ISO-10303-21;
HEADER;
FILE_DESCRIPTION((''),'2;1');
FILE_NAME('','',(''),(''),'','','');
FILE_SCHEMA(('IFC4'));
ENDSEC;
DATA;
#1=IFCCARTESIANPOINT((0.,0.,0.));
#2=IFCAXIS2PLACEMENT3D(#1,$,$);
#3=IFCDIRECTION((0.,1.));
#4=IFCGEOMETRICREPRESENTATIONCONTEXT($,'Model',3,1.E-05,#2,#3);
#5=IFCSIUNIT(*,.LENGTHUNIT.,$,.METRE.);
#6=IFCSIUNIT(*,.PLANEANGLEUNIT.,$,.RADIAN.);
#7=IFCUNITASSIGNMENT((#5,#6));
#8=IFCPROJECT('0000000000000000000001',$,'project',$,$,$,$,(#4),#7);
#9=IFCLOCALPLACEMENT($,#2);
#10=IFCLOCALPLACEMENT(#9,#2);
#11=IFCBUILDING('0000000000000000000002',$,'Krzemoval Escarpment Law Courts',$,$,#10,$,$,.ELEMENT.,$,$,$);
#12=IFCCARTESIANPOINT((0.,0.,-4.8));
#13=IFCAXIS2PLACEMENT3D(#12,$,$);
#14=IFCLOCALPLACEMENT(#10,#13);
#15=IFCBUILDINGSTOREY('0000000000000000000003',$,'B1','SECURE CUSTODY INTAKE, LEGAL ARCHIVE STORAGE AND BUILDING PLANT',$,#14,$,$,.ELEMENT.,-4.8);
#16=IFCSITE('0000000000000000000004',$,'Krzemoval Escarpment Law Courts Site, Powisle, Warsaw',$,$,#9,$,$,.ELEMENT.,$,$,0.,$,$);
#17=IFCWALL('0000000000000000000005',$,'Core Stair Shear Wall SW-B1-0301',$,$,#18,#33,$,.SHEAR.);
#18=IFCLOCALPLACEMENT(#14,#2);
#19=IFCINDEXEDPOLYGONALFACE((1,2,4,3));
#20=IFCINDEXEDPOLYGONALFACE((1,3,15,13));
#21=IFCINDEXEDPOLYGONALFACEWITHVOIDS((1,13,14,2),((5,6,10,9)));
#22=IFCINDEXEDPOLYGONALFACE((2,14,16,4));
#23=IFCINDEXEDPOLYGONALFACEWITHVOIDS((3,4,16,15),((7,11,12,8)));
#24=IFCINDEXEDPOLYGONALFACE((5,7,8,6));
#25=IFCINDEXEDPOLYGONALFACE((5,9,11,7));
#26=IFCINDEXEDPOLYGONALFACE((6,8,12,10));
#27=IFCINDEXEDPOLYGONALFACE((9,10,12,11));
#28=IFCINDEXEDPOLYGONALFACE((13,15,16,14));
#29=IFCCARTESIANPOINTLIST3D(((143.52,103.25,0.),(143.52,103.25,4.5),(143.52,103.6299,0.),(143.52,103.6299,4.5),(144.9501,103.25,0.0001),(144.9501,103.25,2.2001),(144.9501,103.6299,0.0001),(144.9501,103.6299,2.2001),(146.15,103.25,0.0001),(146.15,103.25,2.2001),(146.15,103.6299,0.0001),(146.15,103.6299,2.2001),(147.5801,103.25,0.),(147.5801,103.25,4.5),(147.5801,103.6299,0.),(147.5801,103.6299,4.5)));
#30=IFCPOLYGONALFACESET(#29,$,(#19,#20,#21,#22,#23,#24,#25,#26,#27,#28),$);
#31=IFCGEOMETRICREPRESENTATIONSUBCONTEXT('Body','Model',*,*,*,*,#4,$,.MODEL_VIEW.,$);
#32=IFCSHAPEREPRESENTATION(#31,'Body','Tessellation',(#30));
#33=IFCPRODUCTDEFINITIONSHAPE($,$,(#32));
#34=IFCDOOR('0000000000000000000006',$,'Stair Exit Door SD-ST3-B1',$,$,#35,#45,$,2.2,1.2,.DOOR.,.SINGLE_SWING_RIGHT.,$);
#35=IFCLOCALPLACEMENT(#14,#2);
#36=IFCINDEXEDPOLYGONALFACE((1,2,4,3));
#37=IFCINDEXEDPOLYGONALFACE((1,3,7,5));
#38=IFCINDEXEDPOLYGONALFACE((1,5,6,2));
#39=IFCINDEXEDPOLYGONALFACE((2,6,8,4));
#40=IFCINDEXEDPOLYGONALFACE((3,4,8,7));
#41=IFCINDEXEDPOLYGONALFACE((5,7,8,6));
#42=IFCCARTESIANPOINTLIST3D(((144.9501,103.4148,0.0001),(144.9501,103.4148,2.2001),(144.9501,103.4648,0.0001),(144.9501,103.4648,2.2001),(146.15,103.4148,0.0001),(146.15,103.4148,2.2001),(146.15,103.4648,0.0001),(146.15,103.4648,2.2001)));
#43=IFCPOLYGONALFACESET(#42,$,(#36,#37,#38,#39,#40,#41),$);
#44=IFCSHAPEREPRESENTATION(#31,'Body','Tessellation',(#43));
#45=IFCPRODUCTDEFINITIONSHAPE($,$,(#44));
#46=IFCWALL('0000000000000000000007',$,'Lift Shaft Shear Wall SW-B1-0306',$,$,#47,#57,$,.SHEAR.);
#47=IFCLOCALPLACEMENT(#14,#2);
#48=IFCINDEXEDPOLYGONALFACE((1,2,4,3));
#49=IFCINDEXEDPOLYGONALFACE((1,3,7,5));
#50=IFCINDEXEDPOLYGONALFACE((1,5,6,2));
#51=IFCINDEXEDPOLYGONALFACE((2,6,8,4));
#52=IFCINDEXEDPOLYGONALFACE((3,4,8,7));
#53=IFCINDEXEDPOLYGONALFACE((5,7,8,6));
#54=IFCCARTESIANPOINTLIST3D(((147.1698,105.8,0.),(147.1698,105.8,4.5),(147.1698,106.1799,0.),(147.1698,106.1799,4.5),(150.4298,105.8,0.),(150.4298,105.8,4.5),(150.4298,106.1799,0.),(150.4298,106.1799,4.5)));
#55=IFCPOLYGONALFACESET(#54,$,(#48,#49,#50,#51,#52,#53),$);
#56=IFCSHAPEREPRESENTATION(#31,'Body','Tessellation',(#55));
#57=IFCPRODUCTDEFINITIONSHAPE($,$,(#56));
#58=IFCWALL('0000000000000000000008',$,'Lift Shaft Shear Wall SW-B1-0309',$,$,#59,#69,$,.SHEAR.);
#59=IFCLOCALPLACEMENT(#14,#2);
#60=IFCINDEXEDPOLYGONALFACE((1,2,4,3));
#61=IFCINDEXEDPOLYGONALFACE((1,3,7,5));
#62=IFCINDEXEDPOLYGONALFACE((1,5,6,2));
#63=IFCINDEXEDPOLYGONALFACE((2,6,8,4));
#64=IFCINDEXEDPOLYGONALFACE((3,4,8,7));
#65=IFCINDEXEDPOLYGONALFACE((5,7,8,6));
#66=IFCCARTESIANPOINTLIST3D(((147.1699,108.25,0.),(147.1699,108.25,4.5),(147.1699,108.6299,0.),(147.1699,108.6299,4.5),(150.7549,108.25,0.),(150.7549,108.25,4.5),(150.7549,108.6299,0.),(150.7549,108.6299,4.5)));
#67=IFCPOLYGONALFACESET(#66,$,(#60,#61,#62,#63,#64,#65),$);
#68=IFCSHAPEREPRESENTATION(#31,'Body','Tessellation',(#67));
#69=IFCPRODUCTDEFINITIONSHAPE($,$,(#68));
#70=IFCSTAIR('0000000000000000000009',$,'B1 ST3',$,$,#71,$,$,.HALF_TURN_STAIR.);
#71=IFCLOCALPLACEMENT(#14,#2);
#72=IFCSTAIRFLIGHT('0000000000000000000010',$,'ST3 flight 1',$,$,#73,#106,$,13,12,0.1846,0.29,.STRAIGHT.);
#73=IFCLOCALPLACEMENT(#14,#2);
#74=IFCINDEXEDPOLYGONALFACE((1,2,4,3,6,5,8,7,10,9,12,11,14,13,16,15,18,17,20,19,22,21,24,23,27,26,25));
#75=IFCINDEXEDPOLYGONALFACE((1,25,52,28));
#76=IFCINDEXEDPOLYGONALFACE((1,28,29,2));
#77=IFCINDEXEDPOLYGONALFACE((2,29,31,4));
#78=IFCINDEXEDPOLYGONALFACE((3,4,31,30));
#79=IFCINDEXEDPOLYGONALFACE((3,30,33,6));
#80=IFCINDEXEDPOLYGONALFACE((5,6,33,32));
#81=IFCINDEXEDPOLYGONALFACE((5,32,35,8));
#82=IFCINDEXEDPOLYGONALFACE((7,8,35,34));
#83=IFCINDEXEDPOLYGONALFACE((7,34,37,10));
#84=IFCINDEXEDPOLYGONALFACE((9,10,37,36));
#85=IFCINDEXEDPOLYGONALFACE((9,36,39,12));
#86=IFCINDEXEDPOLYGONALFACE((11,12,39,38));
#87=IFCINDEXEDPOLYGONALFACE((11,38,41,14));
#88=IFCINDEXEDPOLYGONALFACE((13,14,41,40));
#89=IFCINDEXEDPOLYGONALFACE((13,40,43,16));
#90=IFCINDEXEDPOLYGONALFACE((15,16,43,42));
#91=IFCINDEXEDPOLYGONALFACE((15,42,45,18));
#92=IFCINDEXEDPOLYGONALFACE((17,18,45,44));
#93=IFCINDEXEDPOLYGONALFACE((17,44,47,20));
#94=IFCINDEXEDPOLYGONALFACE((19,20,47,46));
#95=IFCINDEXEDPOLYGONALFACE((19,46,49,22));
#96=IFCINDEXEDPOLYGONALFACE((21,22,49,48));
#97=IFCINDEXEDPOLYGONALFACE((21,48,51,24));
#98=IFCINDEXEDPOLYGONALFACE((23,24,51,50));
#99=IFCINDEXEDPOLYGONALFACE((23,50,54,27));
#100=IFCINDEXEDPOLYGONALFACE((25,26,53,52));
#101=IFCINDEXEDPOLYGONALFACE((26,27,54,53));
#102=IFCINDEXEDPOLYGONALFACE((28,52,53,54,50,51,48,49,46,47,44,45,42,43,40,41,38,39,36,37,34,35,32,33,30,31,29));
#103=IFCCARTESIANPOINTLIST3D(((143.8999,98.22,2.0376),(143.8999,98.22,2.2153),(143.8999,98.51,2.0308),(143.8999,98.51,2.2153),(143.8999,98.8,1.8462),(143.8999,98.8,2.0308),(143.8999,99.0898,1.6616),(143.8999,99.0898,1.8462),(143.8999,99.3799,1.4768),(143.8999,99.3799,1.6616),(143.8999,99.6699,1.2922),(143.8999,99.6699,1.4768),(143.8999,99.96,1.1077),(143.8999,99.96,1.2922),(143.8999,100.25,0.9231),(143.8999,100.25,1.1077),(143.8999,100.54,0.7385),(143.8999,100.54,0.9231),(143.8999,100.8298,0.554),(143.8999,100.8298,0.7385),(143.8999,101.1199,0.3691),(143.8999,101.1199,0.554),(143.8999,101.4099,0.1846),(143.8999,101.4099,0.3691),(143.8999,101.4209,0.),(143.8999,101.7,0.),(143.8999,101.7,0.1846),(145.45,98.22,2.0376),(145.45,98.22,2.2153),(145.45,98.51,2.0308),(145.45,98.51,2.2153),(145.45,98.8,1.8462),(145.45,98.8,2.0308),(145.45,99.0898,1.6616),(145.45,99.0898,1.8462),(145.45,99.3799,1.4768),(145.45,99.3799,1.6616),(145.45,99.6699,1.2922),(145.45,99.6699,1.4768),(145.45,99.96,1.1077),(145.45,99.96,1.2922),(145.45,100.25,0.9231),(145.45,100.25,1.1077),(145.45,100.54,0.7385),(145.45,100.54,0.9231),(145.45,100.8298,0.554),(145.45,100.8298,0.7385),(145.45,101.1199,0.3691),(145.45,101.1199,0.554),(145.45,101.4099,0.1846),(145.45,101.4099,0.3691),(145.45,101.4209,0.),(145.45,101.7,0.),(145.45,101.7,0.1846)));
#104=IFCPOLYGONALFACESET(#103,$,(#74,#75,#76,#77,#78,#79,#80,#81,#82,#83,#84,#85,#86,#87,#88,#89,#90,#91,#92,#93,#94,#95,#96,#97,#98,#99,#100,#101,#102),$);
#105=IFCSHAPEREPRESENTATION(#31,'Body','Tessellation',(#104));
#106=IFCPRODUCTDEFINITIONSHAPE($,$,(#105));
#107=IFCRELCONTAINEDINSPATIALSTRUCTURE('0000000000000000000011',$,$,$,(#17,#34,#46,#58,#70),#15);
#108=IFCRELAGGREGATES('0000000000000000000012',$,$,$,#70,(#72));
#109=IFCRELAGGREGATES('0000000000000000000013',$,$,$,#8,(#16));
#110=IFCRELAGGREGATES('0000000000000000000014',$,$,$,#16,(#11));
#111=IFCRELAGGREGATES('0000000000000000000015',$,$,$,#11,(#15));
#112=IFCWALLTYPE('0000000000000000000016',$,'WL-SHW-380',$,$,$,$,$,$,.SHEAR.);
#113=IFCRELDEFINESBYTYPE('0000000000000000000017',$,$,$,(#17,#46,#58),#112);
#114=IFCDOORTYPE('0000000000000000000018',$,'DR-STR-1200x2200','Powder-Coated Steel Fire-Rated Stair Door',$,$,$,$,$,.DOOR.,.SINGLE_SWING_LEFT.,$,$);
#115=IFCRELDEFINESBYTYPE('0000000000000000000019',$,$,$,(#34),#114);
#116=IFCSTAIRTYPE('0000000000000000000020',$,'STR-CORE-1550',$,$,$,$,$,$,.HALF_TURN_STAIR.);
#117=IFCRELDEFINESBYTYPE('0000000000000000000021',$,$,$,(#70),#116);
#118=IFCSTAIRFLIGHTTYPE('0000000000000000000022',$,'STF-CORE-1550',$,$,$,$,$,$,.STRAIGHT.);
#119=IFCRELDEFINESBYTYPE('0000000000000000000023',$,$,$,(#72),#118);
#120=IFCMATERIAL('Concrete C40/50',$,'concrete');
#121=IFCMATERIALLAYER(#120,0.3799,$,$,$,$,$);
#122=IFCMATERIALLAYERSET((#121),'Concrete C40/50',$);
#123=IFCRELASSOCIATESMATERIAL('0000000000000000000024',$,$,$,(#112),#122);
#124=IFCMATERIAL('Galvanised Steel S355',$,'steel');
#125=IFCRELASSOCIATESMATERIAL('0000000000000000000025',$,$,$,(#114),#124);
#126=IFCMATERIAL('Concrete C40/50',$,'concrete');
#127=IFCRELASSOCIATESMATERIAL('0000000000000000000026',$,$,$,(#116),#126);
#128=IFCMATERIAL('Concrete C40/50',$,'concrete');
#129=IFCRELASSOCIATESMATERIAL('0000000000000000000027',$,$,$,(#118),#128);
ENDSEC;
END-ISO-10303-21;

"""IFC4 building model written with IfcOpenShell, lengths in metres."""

from ifc_helpers import new_model, si_unit, direction, frame, frame_2d, origin, place, context, subcontext, project, spatial, polyline, rectangle, outline, extrude, material, layer, layer_set, type_object, element, fill, aggregate, save


model = new_model("IFC4")

# Units and contexts
model_context = context("Model", 3, precision=1e-05, world=origin(), true_north=direction((0.0, 1.0)))
body_context = subcontext(model_context, "Body", "Model", "MODEL_VIEW")
ifc_project = project(units=[si_unit("LENGTHUNIT", "METRE"), si_unit("PLANEANGLEUNIT", "RADIAN")], contexts=[model_context])

# Site, building, storey
site_placement = place(None, origin())
site = spatial("IfcSite", under=ifc_project, at=site_placement, Name="Krzemoval Escarpment Law Courts Site, Powisle, Warsaw", CompositionType="ELEMENT", RefElevation=0.0)
building_placement = place(site_placement, origin())
building = spatial("IfcBuilding", under=site, at=building_placement, Name="Krzemoval Escarpment Law Courts", CompositionType="ELEMENT")
storey_placement = place(building_placement, frame((0.0, 0.0, -4.8)))
storey = spatial("IfcBuildingStorey", under=building, at=storey_placement, Name="B1", Description="SECURE CUSTODY INTAKE, LEGAL ARCHIVE STORAGE AND BUILDING PLANT", CompositionType="ELEMENT", Elevation=-4.8)

# Wall, opening, door
ifc_material_1 = material(Name="Concrete C40/50", Category="concrete")
ifc_layer_1 = layer(ifc_material_1, 0.3799)
ifc_layer_set_1 = layer_set([ifc_layer_1], Name="Concrete C40/50")
wall_type_1 = type_object("IfcWallType", Name="WL-SHW-380", PredefinedType="SHEAR", material=ifc_layer_set_1)
wall_1_placement = place(storey_placement, frame((143.52, 103.4399, 0.0), z_axis=(0.0, 0.0, 1.0), x_axis=(1.0, 0.0, 0.0)))
wall_1 = element("IfcWall", 1, at=wall_1_placement, inside=storey, type_object=wall_type_1, Name="Core Stair Shear Wall SW-B1-0301", PredefinedType="SHEAR", context=body_context, shape_type="SweptSolid", body=[
    extrude(rectangle(XDim=4.0601, YDim=0.3799, at=frame_2d((2.03, 0.0))), origin(), (0.0, 0.0, 1.0), 4.5),
])
opening_1_placement = place(wall_1_placement, frame((1.4299, 0.0, 0.0)))
opening_1 = element("IfcOpeningElement", 2, at=opening_1_placement, cuts=wall_1, PredefinedType="OPENING", context=body_context, shape_type="SweptSolid", body=[
    extrude(rectangle(XDim=1.2, YDim=2.2, at=frame_2d((0.6001, 1.1001))), frame((0.0, 0.2049, 0.0), z_axis=(0.0, -1.0, 0.0), x_axis=(1.0, 0.0, 0.0)), (0.0, 0.0, 1.0), 0.4099),
])
ifc_material_2 = material(Name="Galvanised Steel S355", Category="steel")
door_type_1 = type_object("IfcDoorType", Name="DR-STR-1200x2200", Description="Powder-Coated Steel Fire-Rated Stair Door", OperationType="SINGLE_SWING_LEFT", PredefinedType="DOOR", material=ifc_material_2)
door_1_placement = place(opening_1_placement, origin())
door_1 = element("IfcDoor", 3, at=door_1_placement, inside=storey, type_object=door_type_1, Name="Stair Exit Door SD-ST3-B1", OperationType="SINGLE_SWING_RIGHT", OverallHeight=2.2, OverallWidth=1.2, PredefinedType="DOOR", context=body_context, shape_type="SweptSolid", body=[
    extrude(rectangle(XDim=1.2, YDim=2.2, at=frame_2d((0.6001, 1.1001))), frame((0.0, 0.0249, 0.0), z_axis=(0.0, -1.0, 0.0), x_axis=(1.0, 0.0, 0.0)), (0.0, 0.0, 1.0), 0.05),
])
fill(opening_1, door_1)

# Wall
wall_2_placement = place(storey_placement, frame((147.1699, 105.99, 0.0), z_axis=(0.0, 0.0, 1.0), x_axis=(1.0, 0.0, 0.0)))
element("IfcWall", 4, at=wall_2_placement, inside=storey, type_object=wall_type_1, Name="Lift Shaft Shear Wall SW-B1-0306", PredefinedType="SHEAR", context=body_context, shape_type="SweptSolid", body=[
    extrude(rectangle(XDim=3.26, YDim=0.3799, at=frame_2d((1.6299, 0.0))), origin(), (0.0, 0.0, 1.0), 4.5),
])

# Wall
wall_3_placement = place(storey_placement, frame((147.1699, 108.4399, 0.0), z_axis=(0.0, 0.0, 1.0), x_axis=(1.0, 0.0, 0.0)))
element("IfcWall", 5, at=wall_3_placement, inside=storey, type_object=wall_type_1, Name="Lift Shaft Shear Wall SW-B1-0309", PredefinedType="SHEAR", context=body_context, shape_type="SweptSolid", body=[
    extrude(rectangle(XDim=3.585, YDim=0.3799, at=frame_2d((1.7925, 0.0))), origin(), (0.0, 0.0, 1.0), 4.5),
])

# Stair, stair flight
ifc_material_3 = material(Name="Concrete C40/50", Category="concrete")
stair_type = type_object("IfcStairType", Name="STR-CORE-1550", PredefinedType="HALF_TURN_STAIR", material=ifc_material_3)
stair_placement = place(storey_placement, origin())
stair = element("IfcStair", 6, at=stair_placement, inside=storey, type_object=stair_type, Name="B1 ST3", PredefinedType="HALF_TURN_STAIR")
ifc_material_4 = material(Name="Concrete C40/50", Category="concrete")
stair_flight_type = type_object("IfcStairFlightType", Name="STF-CORE-1550", PredefinedType="STRAIGHT", material=ifc_material_4)
stair_flight_placement = place(storey_placement, frame((144.675, 101.7, 0.0), z_axis=(0.0, 0.0, 1.0), x_axis=(0.0, -1.0, 0.0)))
stair_flight = element("IfcStairFlight", 7, at=stair_flight_placement, type_object=stair_flight_type, Name="ST3 flight 1", NumberOfRisers=13, NumberOfTreads=12, PredefinedType="STRAIGHT", RiserHeight=0.1846, TreadLength=0.29, context=body_context, shape_type="SweptSolid", body=[
    extrude(outline(polyline([(0.0, 0.0), (0.0, 0.1846), (0.29, 0.1846), (0.29, 0.3691), (0.5801, 0.3691), (0.5801, 0.554), (0.8701, 0.554), (0.8701, 0.7385), (1.1599, 0.7385), (1.1599, 0.9231), (1.45, 0.9231), (1.45, 1.1077), (1.74, 1.1077), (1.74, 1.2922), (2.03, 1.2922), (2.03, 1.4768), (2.3201, 1.4768), (2.3201, 1.6616), (2.6101, 1.6616), (2.6101, 1.8462), (2.8999, 1.8462), (2.8999, 2.0308), (3.1899, 2.0308), (3.1899, 2.2153), (3.48, 2.2153), (3.48, 2.3999), (3.48, 2.0376), (0.2791, 0.0), (0.0, 0.0)])), frame((0.0, 0.7749, 0.0), z_axis=(0.0, -1.0, 0.0), x_axis=(1.0, 0.0, 0.0)), (0.0, 0.0, 1.0), 1.55),
])
aggregate(stair, [stair_flight])

save(model, "model.ifc")
